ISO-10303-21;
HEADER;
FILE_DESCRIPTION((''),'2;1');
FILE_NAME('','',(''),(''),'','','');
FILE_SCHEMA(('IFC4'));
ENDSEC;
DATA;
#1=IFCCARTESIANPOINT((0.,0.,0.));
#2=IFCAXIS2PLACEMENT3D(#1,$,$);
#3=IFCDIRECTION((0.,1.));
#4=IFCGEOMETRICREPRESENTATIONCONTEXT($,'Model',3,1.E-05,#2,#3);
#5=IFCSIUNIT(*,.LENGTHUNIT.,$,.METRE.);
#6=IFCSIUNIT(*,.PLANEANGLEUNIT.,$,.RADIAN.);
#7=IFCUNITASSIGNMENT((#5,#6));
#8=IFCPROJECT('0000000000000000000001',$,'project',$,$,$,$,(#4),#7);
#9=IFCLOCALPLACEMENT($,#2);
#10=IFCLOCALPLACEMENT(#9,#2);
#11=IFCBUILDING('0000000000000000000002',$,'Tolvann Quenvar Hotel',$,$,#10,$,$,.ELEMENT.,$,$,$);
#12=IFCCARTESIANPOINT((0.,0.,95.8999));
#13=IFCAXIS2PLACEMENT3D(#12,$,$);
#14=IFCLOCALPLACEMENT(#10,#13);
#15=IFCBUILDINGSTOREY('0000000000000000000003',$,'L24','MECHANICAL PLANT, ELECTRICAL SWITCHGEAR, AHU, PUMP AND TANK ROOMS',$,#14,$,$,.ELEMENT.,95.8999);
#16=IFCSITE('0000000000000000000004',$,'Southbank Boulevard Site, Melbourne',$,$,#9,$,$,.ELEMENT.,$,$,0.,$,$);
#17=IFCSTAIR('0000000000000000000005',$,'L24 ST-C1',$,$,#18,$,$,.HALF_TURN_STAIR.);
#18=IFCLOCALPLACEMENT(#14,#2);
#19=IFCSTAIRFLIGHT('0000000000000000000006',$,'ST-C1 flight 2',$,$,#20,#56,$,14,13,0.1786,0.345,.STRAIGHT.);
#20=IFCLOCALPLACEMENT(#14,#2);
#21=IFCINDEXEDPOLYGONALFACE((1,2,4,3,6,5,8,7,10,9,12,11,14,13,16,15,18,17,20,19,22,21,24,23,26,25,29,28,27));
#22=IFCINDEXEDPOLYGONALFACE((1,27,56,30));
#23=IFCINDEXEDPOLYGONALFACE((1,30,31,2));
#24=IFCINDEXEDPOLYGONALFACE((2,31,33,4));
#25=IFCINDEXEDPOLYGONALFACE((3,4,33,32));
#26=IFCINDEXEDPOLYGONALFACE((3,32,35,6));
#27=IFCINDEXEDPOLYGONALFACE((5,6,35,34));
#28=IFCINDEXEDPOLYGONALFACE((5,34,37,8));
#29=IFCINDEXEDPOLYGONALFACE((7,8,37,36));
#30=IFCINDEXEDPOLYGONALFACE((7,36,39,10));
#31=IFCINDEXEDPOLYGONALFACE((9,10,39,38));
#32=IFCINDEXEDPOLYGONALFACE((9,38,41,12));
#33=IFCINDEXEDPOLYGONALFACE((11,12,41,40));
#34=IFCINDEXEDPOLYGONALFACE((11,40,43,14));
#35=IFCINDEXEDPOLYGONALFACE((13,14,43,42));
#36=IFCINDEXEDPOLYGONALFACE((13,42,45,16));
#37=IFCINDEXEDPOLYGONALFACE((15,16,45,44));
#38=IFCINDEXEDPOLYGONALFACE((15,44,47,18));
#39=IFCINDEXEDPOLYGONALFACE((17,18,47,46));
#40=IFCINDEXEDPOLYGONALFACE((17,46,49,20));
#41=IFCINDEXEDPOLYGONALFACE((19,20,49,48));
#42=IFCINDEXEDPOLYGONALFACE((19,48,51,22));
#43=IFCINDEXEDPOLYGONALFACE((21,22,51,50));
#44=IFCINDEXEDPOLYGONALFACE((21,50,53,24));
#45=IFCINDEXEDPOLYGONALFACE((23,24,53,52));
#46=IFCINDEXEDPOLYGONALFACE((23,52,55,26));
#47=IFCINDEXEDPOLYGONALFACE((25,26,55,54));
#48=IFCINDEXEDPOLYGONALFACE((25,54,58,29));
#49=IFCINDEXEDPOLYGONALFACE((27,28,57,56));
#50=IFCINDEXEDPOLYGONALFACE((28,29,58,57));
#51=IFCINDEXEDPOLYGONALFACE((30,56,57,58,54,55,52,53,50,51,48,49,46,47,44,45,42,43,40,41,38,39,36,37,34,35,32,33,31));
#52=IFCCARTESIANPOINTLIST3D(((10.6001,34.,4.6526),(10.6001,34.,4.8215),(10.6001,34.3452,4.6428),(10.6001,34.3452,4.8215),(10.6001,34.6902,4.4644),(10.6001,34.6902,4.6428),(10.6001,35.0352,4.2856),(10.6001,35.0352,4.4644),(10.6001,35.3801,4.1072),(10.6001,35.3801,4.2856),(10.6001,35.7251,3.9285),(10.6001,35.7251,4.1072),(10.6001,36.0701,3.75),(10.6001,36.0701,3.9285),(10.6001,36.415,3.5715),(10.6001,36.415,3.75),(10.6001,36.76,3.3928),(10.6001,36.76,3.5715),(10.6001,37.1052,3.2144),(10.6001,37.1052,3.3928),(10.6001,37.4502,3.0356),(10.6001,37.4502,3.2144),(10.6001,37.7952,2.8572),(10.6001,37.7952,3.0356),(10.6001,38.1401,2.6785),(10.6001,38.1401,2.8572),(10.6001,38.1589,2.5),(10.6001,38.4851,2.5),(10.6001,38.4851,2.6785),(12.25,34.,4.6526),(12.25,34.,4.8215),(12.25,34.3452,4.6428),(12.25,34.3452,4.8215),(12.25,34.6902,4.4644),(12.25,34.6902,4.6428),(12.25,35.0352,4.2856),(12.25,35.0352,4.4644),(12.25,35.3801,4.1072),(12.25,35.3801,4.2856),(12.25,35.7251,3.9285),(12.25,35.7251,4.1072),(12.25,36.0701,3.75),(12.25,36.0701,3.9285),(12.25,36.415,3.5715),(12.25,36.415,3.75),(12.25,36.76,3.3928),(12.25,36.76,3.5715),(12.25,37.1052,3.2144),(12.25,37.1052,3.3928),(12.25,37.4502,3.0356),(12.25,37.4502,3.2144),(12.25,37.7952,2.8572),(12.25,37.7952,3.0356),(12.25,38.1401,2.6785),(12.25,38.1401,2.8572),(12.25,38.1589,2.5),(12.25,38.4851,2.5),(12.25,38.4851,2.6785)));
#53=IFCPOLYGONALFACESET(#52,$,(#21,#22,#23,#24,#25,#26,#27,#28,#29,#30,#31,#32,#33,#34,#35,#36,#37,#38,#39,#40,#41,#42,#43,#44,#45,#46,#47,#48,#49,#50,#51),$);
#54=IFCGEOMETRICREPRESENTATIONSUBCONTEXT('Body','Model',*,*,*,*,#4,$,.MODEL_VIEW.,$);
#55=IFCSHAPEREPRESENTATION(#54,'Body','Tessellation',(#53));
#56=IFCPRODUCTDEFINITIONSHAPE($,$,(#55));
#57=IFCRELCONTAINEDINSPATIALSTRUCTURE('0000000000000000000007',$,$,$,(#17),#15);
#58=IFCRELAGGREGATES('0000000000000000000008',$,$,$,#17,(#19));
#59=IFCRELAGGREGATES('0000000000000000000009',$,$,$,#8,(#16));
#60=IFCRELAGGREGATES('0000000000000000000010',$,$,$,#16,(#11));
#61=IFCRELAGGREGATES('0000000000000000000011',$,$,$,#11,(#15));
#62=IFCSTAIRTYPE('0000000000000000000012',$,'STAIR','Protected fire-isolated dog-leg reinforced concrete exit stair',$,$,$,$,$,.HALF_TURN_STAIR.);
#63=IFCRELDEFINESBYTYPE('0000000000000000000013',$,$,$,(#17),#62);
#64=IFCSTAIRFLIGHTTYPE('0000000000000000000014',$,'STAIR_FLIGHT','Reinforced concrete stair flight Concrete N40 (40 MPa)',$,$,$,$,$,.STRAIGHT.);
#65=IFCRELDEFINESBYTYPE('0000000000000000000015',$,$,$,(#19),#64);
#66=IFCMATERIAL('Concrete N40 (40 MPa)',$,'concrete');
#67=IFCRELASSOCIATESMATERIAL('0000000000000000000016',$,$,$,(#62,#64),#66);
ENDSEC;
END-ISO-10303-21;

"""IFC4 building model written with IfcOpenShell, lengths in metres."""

from ifc_helpers import new_model, si_unit, direction, frame, origin, place, context, subcontext, project, spatial, polyline, outline, extrude, material, type_object, element, aggregate, save


model = new_model("IFC4")

# Units and contexts
model_context = context("Model", 3, precision=1e-05, world=origin(), true_north=direction((0.0, 1.0)))
body_context = subcontext(model_context, "Body", "Model", "MODEL_VIEW")
ifc_project = project(units=[si_unit("LENGTHUNIT", "METRE"), si_unit("PLANEANGLEUNIT", "RADIAN")], contexts=[model_context])

# Site, building, storey
site_placement = place(None, origin())
site = spatial("IfcSite", under=ifc_project, at=site_placement, Name="Southbank Boulevard Site, Melbourne", CompositionType="ELEMENT", RefElevation=0.0)
building_placement = place(site_placement, origin())
building = spatial("IfcBuilding", under=site, at=building_placement, Name="Tolvann Quenvar Hotel", CompositionType="ELEMENT")
storey_placement = place(building_placement, frame((0.0, 0.0, 95.8999)))
storey = spatial("IfcBuildingStorey", under=building, at=storey_placement, Name="L24", Description="MECHANICAL PLANT, ELECTRICAL SWITCHGEAR, AHU, PUMP AND TANK ROOMS", CompositionType="ELEMENT", Elevation=95.8999)

# Shared definitions
ifc_material_1 = material(Name="Concrete N40 (40 MPa)", Category="concrete")

# Stair, stair flight
stair_type = type_object("IfcStairType", Name="STAIR", Description="Protected fire-isolated dog-leg reinforced concrete exit stair", PredefinedType="HALF_TURN_STAIR", material=ifc_material_1)
stair_placement = place(storey_placement, origin())
stair = element("IfcStair", 1, at=stair_placement, inside=storey, type_object=stair_type, Name="L24 ST-C1", PredefinedType="HALF_TURN_STAIR")
stair_flight_type = type_object("IfcStairFlightType", Name="STAIR_FLIGHT", Description="Reinforced concrete stair flight Concrete N40 (40 MPa)", PredefinedType="STRAIGHT", material=ifc_material_1)
stair_flight_1_placement = place(storey_placement, frame((11.425, 38.4851, 2.5), z_axis=(0.0, 0.0, 1.0), x_axis=(0.0, -1.0, 0.0)))
stair_flight_1 = element("IfcStairFlight", 2, at=stair_flight_1_placement, type_object=stair_flight_type, Name="ST-C1 flight 2", NumberOfRisers=14, NumberOfTreads=13, PredefinedType="STRAIGHT", RiserHeight=0.1786, TreadLength=0.345, context=body_context, shape_type="SweptSolid", body=[
    extrude(outline(polyline([(0.0, 0.0), (0.0, 0.1785), (0.345, 0.1785), (0.345, 0.3572), (0.6899, 0.3572), (0.6899, 0.5356), (1.0349, 0.5356), (1.0349, 0.7144), (1.3799, 0.7144), (1.3799, 0.8928), (1.7251, 0.8928), (1.7251, 1.0715), (2.0701, 1.0715), (2.0701, 1.25), (2.415, 1.25), (2.415, 1.4285), (2.76, 1.4285), (2.76, 1.6072), (3.105, 1.6072), (3.105, 1.7856), (3.45, 1.7856), (3.45, 1.9644), (3.7949, 1.9644), (3.7949, 2.1428), (4.1399, 2.1428), (4.1399, 2.3215), (4.4851, 2.3215), (4.4851, 2.5), (4.4851, 2.1526), (0.3262, 0.0), (0.0, 0.0)])), frame((0.0, 0.825, 0.0), z_axis=(0.0, -1.0, 0.0), x_axis=(1.0, 0.0, 0.0)), (0.0, 0.0, 1.0), 1.6499),
])
aggregate(stair, [stair_flight_1])

save(model, "model.ifc")
